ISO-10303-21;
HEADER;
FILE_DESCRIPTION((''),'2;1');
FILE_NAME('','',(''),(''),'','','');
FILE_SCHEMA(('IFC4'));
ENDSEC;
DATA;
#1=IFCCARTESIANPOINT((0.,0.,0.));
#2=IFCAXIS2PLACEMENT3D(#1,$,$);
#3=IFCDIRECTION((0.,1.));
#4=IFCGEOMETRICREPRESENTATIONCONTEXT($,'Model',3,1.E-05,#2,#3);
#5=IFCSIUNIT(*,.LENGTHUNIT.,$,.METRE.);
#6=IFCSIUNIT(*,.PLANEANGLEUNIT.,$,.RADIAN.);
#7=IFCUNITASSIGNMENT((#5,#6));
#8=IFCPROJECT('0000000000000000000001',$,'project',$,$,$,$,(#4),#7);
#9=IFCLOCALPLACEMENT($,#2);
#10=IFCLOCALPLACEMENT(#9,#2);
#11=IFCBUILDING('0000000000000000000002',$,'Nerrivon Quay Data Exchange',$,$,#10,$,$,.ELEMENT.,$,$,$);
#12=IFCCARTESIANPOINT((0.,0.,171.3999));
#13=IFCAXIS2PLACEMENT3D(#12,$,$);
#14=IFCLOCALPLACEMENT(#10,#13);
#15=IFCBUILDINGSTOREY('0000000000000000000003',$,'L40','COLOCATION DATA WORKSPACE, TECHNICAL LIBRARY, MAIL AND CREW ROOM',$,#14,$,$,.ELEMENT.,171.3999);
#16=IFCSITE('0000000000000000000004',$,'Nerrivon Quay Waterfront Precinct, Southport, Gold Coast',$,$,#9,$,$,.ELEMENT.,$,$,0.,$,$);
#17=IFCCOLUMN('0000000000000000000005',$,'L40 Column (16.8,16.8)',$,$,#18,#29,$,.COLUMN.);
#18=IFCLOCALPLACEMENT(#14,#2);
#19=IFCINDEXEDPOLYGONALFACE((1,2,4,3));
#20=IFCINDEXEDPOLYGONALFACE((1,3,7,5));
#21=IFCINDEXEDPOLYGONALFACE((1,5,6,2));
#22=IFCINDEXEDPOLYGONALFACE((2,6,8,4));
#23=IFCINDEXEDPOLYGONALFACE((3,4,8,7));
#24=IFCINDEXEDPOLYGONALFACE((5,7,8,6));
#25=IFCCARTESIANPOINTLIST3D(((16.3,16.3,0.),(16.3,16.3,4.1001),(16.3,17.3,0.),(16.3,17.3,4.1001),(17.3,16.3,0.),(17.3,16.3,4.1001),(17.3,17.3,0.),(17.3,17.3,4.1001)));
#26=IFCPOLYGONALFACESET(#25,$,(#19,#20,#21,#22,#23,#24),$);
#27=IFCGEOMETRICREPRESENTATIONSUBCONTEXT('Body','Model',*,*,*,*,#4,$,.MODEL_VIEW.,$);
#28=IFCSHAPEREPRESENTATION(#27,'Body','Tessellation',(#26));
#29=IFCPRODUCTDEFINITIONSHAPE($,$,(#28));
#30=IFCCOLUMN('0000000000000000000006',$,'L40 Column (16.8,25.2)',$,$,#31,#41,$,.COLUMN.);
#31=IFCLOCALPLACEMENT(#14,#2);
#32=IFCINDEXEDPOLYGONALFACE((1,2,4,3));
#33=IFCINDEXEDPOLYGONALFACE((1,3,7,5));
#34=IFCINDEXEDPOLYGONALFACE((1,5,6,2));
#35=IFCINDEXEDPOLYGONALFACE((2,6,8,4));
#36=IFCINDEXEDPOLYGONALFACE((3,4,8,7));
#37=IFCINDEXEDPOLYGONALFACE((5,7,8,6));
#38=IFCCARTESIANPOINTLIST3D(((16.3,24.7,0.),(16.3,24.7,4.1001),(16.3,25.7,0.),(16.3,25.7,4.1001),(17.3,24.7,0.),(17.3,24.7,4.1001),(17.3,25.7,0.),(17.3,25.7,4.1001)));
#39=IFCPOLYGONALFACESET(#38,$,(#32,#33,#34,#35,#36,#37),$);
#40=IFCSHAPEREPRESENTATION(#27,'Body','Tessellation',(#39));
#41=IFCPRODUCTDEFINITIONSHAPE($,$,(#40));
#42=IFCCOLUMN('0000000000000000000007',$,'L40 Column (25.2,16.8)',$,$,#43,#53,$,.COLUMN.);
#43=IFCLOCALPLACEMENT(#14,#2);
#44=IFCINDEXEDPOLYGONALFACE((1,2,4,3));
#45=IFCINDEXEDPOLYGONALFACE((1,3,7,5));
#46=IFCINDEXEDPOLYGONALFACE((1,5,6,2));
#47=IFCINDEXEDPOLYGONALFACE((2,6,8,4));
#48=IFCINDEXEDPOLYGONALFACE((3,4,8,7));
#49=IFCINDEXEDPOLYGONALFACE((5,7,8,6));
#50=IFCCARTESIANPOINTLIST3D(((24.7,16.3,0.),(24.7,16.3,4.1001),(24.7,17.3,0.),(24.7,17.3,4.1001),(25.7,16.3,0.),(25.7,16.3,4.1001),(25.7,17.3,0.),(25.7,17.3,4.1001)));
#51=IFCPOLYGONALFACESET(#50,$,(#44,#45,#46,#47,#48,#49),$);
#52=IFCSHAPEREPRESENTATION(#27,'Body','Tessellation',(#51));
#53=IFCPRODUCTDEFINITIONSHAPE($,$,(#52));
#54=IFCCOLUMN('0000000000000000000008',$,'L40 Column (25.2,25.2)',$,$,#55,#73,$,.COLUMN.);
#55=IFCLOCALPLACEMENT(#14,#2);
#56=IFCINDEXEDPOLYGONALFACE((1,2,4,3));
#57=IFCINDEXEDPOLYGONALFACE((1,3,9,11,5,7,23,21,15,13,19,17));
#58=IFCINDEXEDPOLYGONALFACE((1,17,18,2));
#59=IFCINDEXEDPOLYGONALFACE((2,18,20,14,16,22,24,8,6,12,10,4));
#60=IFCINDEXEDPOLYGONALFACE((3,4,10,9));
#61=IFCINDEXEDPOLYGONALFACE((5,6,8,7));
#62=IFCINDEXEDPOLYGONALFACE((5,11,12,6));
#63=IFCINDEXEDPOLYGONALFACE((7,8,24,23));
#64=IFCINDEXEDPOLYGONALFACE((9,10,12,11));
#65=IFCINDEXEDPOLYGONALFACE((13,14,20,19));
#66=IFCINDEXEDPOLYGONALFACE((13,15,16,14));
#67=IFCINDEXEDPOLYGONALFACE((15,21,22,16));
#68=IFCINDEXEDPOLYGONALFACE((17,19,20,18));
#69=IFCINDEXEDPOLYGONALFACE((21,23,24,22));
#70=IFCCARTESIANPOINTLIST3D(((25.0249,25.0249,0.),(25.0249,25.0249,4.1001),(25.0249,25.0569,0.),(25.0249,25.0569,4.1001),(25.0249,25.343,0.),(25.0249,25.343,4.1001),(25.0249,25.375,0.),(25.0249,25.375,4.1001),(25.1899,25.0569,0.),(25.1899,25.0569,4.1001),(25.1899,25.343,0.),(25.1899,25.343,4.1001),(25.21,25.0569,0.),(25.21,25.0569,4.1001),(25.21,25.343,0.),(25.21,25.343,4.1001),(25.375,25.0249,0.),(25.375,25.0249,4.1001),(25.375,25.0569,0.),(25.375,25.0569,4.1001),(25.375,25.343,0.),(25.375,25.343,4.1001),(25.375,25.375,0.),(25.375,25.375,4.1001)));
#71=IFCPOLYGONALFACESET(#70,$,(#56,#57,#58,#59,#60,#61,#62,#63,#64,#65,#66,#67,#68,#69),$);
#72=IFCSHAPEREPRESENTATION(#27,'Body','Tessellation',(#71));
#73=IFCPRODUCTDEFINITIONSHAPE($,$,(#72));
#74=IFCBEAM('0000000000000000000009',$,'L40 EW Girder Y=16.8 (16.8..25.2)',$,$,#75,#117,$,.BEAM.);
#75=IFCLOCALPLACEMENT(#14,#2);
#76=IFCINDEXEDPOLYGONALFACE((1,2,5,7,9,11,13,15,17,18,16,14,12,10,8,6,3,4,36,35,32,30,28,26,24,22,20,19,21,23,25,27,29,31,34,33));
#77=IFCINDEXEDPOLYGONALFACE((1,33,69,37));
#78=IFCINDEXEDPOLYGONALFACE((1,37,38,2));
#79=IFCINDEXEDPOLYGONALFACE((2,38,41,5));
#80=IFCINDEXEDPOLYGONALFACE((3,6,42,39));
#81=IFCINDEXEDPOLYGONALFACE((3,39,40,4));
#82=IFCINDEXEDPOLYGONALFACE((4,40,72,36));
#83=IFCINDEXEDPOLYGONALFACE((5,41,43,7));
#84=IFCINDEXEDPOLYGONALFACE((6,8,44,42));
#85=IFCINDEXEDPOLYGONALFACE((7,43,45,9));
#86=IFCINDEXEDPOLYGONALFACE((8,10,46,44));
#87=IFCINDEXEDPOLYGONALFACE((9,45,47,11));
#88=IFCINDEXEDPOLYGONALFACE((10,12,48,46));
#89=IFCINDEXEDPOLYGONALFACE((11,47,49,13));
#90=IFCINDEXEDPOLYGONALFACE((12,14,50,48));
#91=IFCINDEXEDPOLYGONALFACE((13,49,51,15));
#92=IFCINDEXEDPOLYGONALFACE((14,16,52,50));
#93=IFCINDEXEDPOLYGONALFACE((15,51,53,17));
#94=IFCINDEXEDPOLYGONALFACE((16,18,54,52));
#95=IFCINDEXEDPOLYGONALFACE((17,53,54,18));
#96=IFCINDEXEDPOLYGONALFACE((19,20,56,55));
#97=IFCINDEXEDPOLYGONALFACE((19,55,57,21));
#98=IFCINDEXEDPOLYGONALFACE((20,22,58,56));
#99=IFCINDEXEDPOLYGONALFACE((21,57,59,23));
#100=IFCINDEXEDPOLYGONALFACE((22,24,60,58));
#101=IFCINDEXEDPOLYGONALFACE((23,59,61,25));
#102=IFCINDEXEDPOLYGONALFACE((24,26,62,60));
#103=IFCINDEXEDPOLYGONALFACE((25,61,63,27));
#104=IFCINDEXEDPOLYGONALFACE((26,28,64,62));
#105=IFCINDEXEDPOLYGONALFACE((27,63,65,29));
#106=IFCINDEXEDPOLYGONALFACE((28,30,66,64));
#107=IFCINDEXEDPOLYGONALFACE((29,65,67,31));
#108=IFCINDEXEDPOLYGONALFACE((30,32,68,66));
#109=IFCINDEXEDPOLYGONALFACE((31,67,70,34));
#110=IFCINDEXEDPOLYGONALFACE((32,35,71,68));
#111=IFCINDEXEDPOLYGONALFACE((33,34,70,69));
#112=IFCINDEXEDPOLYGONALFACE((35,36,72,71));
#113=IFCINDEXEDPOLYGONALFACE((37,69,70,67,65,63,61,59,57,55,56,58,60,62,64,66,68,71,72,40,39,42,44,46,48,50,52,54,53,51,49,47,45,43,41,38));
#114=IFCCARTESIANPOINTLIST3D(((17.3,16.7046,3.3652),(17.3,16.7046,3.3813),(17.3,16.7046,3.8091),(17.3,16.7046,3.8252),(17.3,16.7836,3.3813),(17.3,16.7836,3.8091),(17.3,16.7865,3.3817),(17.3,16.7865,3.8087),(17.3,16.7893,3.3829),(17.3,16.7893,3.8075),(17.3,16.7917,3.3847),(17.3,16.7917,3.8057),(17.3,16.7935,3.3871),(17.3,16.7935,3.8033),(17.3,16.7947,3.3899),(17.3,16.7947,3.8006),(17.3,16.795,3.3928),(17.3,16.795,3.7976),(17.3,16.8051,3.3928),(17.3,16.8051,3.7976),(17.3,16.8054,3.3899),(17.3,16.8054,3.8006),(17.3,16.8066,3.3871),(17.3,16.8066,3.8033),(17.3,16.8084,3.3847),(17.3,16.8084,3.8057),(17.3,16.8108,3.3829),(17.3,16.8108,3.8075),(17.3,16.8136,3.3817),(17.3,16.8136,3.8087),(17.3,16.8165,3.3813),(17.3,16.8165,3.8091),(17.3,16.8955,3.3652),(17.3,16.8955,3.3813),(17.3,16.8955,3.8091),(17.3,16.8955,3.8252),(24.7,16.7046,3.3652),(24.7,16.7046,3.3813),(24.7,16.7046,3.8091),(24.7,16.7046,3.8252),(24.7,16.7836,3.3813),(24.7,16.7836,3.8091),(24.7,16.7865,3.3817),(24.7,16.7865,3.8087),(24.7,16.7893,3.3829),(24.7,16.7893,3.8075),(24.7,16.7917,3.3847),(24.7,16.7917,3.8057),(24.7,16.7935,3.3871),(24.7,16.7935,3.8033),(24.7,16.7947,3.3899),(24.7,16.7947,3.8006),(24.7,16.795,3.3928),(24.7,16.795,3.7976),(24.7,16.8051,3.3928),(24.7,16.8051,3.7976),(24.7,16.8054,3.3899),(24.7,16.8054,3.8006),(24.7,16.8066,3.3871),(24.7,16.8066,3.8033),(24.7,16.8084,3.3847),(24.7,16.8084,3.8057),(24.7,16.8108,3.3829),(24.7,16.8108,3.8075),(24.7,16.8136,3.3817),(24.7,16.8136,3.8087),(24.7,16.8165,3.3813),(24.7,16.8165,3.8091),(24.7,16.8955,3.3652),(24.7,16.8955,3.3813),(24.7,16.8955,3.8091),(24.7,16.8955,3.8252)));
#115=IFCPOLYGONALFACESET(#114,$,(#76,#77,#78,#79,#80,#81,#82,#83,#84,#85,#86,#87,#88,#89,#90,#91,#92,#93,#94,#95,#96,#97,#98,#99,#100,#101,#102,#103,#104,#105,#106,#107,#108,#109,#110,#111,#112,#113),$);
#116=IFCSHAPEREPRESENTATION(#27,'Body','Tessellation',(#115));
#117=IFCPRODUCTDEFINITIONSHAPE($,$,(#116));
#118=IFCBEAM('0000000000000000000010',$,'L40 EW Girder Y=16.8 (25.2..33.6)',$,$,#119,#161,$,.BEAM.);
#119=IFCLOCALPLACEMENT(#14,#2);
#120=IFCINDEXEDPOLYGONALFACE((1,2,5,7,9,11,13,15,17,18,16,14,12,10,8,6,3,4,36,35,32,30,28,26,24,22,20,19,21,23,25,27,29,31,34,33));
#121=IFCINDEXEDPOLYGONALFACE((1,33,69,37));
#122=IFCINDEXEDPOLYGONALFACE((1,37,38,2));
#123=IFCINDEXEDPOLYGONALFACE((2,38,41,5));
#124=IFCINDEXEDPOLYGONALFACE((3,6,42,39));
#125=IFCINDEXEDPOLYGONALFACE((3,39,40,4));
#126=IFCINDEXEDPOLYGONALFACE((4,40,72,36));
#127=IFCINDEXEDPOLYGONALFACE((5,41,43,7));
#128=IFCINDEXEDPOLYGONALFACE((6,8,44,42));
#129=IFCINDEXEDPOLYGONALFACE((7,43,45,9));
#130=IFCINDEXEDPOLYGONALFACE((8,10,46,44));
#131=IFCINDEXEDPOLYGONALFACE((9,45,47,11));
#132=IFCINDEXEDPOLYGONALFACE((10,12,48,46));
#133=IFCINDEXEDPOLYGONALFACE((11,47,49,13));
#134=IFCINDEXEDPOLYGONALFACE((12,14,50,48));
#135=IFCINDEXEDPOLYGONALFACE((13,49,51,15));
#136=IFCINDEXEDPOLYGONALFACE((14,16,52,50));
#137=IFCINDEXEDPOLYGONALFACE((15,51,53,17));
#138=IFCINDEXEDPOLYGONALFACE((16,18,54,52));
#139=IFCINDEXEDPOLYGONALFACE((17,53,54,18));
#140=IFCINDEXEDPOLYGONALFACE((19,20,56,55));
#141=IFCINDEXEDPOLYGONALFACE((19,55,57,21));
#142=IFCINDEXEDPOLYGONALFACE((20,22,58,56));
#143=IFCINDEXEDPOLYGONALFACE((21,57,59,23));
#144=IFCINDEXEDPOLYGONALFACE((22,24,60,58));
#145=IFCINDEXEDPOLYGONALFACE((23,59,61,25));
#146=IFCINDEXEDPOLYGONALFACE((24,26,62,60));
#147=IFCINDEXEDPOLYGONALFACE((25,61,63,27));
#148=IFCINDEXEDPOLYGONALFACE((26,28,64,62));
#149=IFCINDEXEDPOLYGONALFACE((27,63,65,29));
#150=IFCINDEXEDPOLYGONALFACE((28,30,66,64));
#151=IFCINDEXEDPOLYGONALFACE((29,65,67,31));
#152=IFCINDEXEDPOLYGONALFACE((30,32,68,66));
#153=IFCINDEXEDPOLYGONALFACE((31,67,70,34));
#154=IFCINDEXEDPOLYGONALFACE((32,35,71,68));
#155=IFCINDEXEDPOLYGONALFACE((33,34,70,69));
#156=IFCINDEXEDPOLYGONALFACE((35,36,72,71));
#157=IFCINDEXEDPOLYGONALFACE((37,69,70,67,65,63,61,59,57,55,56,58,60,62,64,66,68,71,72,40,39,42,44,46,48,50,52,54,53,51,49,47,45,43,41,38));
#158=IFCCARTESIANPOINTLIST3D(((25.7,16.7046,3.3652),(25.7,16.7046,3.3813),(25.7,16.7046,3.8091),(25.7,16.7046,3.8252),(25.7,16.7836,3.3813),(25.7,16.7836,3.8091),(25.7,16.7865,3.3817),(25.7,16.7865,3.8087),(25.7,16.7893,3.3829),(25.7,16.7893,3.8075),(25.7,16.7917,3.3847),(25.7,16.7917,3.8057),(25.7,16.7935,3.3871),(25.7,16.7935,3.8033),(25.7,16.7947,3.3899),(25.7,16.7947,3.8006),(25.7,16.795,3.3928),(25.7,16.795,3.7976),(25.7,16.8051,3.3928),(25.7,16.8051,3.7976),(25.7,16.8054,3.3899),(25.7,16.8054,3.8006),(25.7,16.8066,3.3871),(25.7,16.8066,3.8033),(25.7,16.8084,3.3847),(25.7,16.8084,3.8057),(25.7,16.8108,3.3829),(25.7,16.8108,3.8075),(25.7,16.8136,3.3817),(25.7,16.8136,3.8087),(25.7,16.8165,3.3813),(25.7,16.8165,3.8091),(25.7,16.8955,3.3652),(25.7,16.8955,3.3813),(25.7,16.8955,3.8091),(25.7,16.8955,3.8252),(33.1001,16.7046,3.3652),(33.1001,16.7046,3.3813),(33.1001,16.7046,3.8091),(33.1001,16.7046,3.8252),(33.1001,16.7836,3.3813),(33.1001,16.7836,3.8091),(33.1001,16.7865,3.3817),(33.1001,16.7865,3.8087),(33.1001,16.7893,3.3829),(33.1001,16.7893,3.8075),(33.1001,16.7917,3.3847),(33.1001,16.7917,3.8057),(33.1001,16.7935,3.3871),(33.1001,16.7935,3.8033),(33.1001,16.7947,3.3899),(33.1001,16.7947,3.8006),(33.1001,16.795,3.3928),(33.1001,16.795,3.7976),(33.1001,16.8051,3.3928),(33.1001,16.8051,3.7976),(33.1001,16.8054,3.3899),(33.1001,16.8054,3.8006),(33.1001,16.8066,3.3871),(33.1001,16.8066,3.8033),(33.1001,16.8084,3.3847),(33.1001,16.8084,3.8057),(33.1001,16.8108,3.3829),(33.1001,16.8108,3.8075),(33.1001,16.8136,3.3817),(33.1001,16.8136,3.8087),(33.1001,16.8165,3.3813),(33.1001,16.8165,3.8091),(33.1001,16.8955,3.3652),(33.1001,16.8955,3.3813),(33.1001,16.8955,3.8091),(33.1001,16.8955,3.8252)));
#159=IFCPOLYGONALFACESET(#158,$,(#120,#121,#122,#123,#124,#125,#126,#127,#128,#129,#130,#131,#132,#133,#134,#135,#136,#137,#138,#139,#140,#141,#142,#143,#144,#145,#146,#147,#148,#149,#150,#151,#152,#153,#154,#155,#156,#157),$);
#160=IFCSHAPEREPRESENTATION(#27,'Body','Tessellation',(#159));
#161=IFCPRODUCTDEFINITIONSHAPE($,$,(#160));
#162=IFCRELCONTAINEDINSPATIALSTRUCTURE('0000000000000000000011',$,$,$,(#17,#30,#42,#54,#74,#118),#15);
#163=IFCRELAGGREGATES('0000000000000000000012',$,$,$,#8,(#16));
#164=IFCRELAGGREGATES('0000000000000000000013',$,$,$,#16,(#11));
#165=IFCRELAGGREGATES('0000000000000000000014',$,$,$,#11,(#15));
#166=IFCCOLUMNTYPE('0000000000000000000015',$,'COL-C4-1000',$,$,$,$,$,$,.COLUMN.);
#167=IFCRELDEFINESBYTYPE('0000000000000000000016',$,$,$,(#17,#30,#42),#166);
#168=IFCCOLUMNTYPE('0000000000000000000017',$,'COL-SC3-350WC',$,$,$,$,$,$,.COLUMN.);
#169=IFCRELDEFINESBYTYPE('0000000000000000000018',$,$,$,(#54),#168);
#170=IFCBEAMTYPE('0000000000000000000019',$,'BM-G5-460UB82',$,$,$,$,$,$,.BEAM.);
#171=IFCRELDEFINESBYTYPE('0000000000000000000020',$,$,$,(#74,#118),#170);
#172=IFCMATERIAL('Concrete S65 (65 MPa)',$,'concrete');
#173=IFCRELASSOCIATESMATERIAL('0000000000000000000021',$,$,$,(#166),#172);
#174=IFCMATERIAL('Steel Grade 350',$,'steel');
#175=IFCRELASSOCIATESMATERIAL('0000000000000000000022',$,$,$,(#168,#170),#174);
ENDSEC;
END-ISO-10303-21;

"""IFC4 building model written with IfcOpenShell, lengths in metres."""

from ifc_helpers import new_model, si_unit, direction, frame, origin, origin_2d, place, context, subcontext, project, spatial, rectangle, i_section, extrude, material, material_profile, profile_set, type_object, element, save


model = new_model("IFC4")

# Units and contexts
model_context = context("Model", 3, precision=1e-05, world=origin(), true_north=direction((0.0, 1.0)))
body_context = subcontext(model_context, "Body", "Model", "MODEL_VIEW")
ifc_project = project(units=[si_unit("LENGTHUNIT", "METRE"), si_unit("PLANEANGLEUNIT", "RADIAN")], contexts=[model_context])

# Site, building, storey
site_placement = place(None, origin())
site = spatial("IfcSite", under=ifc_project, at=site_placement, Name="Nerrivon Quay Waterfront Precinct, Southport, Gold Coast", CompositionType="ELEMENT", RefElevation=0.0)
building_placement = place(site_placement, origin())
building = spatial("IfcBuilding", under=site, at=building_placement, Name="Nerrivon Quay Data Exchange", CompositionType="ELEMENT")
storey_placement = place(building_placement, frame((0.0, 0.0, 171.3999)))
storey = spatial("IfcBuildingStorey", under=building, at=storey_placement, Name="L40", Description="COLOCATION DATA WORKSPACE, TECHNICAL LIBRARY, MAIL AND CREW ROOM", CompositionType="ELEMENT", Elevation=171.3999)

# Columns
ifc_material_1 = material(Name="Concrete S65 (65 MPa)", Category="concrete")
ifc_material_profile_1 = material_profile(ifc_material_1, rectangle(XDim=1.0, YDim=1.0, at=origin_2d()), Name="RC-COL-1000x1000")
ifc_profile_set_1 = profile_set([ifc_material_profile_1], Name="Concrete S65 (65 MPa)")
column_type_1 = type_object("IfcColumnType", Name="COL-C4-1000", PredefinedType="COLUMN", material=ifc_profile_set_1)
for number, where, z_axis, x_axis, name in (
    (1, (16.8, 16.8, 0.0), (0.0, 0.0, 1.0), (1.0, 0.0, 0.0), "L40 Column (16.8,16.8)"),
    (2, (16.8, 25.2, 0.0), (0.0, 0.0, 1.0), (1.0, 0.0, 0.0), "L40 Column (16.8,25.2)"),
    (3, (25.2, 16.8, 0.0), (0.0, 0.0, 1.0), (1.0, 0.0, 0.0), "L40 Column (25.2,16.8)"),
):
    element("IfcColumn", number, at=place(storey_placement, frame(where, z_axis=z_axis, x_axis=x_axis)), inside=storey, type_object=column_type_1, Name=name, PredefinedType="COLUMN", context=body_context, shape_type="SweptSolid", body=[
        extrude(rectangle(XDim=1.0, YDim=1.0, at=origin_2d()), origin(), (0.0, 0.0, 1.0), 4.1001),
    ])
ifc_material_2 = material(Name="Steel Grade 350", Category="steel")
ifc_material_profile_2 = material_profile(ifc_material_2, i_section(OverallWidth=0.3501, OverallDepth=0.3501, WebThickness=0.02, FlangeThickness=0.032, at=origin_2d()), Name="350WC230")
ifc_profile_set_2 = profile_set([ifc_material_profile_2], Name="Steel Grade 350")
column_type_2 = type_object("IfcColumnType", Name="COL-SC3-350WC", PredefinedType="COLUMN", material=ifc_profile_set_2)
column_placement = place(storey_placement, frame((25.2, 25.2, 0.0), z_axis=(0.0, 0.0, 1.0), x_axis=(1.0, 0.0, 0.0)))
element("IfcColumn", 4, at=column_placement, inside=storey, type_object=column_type_2, Name="L40 Column (25.2,25.2)", PredefinedType="COLUMN", context=body_context, shape_type="SweptSolid", body=[
    extrude(i_section(OverallWidth=0.3501, OverallDepth=0.3501, WebThickness=0.02, FlangeThickness=0.032, at=origin_2d()), origin(), (0.0, 0.0, 1.0), 4.1001),
])

# Beams
ifc_material_profile_3 = material_profile(ifc_material_2, i_section(OverallWidth=0.1909, OverallDepth=0.46, WebThickness=0.01, FlangeThickness=0.0161, FilletRadius=0.0115, at=origin_2d()), Name="460UB82.1")
ifc_profile_set_3 = profile_set([ifc_material_profile_3], Name="Steel Grade 350")
beam_type_1 = type_object("IfcBeamType", Name="BM-G5-460UB82", PredefinedType="BEAM", material=ifc_profile_set_3)
beam_1_placement = place(storey_placement, frame((17.3, 16.8, 3.5952), z_axis=(1.0, 0.0, 0.0), x_axis=(0.0, 1.0, 0.0)))
element("IfcBeam", 5, at=beam_1_placement, inside=storey, type_object=beam_type_1, Name="L40 EW Girder Y=16.8 (16.8..25.2)", PredefinedType="BEAM", context=body_context, shape_type="SweptSolid", body=[
    extrude(i_section(OverallWidth=0.1909, OverallDepth=0.46, WebThickness=0.01, FlangeThickness=0.0161, FilletRadius=0.0115, at=origin_2d()), origin(), (0.0, 0.0, 1.0), 7.3999),
])
beam_2_placement = place(storey_placement, frame((25.7, 16.8, 3.5952), z_axis=(1.0, 0.0, 0.0), x_axis=(0.0, 1.0, 0.0)))
element("IfcBeam", 6, at=beam_2_placement, inside=storey, type_object=beam_type_1, Name="L40 EW Girder Y=16.8 (25.2..33.6)", PredefinedType="BEAM", context=body_context, shape_type="SweptSolid", body=[
    extrude(i_section(OverallWidth=0.1909, OverallDepth=0.46, WebThickness=0.01, FlangeThickness=0.0161, FilletRadius=0.0115, at=origin_2d()), origin(), (0.0, 0.0, 1.0), 7.4001),
])

save(model, "model.ifc")
